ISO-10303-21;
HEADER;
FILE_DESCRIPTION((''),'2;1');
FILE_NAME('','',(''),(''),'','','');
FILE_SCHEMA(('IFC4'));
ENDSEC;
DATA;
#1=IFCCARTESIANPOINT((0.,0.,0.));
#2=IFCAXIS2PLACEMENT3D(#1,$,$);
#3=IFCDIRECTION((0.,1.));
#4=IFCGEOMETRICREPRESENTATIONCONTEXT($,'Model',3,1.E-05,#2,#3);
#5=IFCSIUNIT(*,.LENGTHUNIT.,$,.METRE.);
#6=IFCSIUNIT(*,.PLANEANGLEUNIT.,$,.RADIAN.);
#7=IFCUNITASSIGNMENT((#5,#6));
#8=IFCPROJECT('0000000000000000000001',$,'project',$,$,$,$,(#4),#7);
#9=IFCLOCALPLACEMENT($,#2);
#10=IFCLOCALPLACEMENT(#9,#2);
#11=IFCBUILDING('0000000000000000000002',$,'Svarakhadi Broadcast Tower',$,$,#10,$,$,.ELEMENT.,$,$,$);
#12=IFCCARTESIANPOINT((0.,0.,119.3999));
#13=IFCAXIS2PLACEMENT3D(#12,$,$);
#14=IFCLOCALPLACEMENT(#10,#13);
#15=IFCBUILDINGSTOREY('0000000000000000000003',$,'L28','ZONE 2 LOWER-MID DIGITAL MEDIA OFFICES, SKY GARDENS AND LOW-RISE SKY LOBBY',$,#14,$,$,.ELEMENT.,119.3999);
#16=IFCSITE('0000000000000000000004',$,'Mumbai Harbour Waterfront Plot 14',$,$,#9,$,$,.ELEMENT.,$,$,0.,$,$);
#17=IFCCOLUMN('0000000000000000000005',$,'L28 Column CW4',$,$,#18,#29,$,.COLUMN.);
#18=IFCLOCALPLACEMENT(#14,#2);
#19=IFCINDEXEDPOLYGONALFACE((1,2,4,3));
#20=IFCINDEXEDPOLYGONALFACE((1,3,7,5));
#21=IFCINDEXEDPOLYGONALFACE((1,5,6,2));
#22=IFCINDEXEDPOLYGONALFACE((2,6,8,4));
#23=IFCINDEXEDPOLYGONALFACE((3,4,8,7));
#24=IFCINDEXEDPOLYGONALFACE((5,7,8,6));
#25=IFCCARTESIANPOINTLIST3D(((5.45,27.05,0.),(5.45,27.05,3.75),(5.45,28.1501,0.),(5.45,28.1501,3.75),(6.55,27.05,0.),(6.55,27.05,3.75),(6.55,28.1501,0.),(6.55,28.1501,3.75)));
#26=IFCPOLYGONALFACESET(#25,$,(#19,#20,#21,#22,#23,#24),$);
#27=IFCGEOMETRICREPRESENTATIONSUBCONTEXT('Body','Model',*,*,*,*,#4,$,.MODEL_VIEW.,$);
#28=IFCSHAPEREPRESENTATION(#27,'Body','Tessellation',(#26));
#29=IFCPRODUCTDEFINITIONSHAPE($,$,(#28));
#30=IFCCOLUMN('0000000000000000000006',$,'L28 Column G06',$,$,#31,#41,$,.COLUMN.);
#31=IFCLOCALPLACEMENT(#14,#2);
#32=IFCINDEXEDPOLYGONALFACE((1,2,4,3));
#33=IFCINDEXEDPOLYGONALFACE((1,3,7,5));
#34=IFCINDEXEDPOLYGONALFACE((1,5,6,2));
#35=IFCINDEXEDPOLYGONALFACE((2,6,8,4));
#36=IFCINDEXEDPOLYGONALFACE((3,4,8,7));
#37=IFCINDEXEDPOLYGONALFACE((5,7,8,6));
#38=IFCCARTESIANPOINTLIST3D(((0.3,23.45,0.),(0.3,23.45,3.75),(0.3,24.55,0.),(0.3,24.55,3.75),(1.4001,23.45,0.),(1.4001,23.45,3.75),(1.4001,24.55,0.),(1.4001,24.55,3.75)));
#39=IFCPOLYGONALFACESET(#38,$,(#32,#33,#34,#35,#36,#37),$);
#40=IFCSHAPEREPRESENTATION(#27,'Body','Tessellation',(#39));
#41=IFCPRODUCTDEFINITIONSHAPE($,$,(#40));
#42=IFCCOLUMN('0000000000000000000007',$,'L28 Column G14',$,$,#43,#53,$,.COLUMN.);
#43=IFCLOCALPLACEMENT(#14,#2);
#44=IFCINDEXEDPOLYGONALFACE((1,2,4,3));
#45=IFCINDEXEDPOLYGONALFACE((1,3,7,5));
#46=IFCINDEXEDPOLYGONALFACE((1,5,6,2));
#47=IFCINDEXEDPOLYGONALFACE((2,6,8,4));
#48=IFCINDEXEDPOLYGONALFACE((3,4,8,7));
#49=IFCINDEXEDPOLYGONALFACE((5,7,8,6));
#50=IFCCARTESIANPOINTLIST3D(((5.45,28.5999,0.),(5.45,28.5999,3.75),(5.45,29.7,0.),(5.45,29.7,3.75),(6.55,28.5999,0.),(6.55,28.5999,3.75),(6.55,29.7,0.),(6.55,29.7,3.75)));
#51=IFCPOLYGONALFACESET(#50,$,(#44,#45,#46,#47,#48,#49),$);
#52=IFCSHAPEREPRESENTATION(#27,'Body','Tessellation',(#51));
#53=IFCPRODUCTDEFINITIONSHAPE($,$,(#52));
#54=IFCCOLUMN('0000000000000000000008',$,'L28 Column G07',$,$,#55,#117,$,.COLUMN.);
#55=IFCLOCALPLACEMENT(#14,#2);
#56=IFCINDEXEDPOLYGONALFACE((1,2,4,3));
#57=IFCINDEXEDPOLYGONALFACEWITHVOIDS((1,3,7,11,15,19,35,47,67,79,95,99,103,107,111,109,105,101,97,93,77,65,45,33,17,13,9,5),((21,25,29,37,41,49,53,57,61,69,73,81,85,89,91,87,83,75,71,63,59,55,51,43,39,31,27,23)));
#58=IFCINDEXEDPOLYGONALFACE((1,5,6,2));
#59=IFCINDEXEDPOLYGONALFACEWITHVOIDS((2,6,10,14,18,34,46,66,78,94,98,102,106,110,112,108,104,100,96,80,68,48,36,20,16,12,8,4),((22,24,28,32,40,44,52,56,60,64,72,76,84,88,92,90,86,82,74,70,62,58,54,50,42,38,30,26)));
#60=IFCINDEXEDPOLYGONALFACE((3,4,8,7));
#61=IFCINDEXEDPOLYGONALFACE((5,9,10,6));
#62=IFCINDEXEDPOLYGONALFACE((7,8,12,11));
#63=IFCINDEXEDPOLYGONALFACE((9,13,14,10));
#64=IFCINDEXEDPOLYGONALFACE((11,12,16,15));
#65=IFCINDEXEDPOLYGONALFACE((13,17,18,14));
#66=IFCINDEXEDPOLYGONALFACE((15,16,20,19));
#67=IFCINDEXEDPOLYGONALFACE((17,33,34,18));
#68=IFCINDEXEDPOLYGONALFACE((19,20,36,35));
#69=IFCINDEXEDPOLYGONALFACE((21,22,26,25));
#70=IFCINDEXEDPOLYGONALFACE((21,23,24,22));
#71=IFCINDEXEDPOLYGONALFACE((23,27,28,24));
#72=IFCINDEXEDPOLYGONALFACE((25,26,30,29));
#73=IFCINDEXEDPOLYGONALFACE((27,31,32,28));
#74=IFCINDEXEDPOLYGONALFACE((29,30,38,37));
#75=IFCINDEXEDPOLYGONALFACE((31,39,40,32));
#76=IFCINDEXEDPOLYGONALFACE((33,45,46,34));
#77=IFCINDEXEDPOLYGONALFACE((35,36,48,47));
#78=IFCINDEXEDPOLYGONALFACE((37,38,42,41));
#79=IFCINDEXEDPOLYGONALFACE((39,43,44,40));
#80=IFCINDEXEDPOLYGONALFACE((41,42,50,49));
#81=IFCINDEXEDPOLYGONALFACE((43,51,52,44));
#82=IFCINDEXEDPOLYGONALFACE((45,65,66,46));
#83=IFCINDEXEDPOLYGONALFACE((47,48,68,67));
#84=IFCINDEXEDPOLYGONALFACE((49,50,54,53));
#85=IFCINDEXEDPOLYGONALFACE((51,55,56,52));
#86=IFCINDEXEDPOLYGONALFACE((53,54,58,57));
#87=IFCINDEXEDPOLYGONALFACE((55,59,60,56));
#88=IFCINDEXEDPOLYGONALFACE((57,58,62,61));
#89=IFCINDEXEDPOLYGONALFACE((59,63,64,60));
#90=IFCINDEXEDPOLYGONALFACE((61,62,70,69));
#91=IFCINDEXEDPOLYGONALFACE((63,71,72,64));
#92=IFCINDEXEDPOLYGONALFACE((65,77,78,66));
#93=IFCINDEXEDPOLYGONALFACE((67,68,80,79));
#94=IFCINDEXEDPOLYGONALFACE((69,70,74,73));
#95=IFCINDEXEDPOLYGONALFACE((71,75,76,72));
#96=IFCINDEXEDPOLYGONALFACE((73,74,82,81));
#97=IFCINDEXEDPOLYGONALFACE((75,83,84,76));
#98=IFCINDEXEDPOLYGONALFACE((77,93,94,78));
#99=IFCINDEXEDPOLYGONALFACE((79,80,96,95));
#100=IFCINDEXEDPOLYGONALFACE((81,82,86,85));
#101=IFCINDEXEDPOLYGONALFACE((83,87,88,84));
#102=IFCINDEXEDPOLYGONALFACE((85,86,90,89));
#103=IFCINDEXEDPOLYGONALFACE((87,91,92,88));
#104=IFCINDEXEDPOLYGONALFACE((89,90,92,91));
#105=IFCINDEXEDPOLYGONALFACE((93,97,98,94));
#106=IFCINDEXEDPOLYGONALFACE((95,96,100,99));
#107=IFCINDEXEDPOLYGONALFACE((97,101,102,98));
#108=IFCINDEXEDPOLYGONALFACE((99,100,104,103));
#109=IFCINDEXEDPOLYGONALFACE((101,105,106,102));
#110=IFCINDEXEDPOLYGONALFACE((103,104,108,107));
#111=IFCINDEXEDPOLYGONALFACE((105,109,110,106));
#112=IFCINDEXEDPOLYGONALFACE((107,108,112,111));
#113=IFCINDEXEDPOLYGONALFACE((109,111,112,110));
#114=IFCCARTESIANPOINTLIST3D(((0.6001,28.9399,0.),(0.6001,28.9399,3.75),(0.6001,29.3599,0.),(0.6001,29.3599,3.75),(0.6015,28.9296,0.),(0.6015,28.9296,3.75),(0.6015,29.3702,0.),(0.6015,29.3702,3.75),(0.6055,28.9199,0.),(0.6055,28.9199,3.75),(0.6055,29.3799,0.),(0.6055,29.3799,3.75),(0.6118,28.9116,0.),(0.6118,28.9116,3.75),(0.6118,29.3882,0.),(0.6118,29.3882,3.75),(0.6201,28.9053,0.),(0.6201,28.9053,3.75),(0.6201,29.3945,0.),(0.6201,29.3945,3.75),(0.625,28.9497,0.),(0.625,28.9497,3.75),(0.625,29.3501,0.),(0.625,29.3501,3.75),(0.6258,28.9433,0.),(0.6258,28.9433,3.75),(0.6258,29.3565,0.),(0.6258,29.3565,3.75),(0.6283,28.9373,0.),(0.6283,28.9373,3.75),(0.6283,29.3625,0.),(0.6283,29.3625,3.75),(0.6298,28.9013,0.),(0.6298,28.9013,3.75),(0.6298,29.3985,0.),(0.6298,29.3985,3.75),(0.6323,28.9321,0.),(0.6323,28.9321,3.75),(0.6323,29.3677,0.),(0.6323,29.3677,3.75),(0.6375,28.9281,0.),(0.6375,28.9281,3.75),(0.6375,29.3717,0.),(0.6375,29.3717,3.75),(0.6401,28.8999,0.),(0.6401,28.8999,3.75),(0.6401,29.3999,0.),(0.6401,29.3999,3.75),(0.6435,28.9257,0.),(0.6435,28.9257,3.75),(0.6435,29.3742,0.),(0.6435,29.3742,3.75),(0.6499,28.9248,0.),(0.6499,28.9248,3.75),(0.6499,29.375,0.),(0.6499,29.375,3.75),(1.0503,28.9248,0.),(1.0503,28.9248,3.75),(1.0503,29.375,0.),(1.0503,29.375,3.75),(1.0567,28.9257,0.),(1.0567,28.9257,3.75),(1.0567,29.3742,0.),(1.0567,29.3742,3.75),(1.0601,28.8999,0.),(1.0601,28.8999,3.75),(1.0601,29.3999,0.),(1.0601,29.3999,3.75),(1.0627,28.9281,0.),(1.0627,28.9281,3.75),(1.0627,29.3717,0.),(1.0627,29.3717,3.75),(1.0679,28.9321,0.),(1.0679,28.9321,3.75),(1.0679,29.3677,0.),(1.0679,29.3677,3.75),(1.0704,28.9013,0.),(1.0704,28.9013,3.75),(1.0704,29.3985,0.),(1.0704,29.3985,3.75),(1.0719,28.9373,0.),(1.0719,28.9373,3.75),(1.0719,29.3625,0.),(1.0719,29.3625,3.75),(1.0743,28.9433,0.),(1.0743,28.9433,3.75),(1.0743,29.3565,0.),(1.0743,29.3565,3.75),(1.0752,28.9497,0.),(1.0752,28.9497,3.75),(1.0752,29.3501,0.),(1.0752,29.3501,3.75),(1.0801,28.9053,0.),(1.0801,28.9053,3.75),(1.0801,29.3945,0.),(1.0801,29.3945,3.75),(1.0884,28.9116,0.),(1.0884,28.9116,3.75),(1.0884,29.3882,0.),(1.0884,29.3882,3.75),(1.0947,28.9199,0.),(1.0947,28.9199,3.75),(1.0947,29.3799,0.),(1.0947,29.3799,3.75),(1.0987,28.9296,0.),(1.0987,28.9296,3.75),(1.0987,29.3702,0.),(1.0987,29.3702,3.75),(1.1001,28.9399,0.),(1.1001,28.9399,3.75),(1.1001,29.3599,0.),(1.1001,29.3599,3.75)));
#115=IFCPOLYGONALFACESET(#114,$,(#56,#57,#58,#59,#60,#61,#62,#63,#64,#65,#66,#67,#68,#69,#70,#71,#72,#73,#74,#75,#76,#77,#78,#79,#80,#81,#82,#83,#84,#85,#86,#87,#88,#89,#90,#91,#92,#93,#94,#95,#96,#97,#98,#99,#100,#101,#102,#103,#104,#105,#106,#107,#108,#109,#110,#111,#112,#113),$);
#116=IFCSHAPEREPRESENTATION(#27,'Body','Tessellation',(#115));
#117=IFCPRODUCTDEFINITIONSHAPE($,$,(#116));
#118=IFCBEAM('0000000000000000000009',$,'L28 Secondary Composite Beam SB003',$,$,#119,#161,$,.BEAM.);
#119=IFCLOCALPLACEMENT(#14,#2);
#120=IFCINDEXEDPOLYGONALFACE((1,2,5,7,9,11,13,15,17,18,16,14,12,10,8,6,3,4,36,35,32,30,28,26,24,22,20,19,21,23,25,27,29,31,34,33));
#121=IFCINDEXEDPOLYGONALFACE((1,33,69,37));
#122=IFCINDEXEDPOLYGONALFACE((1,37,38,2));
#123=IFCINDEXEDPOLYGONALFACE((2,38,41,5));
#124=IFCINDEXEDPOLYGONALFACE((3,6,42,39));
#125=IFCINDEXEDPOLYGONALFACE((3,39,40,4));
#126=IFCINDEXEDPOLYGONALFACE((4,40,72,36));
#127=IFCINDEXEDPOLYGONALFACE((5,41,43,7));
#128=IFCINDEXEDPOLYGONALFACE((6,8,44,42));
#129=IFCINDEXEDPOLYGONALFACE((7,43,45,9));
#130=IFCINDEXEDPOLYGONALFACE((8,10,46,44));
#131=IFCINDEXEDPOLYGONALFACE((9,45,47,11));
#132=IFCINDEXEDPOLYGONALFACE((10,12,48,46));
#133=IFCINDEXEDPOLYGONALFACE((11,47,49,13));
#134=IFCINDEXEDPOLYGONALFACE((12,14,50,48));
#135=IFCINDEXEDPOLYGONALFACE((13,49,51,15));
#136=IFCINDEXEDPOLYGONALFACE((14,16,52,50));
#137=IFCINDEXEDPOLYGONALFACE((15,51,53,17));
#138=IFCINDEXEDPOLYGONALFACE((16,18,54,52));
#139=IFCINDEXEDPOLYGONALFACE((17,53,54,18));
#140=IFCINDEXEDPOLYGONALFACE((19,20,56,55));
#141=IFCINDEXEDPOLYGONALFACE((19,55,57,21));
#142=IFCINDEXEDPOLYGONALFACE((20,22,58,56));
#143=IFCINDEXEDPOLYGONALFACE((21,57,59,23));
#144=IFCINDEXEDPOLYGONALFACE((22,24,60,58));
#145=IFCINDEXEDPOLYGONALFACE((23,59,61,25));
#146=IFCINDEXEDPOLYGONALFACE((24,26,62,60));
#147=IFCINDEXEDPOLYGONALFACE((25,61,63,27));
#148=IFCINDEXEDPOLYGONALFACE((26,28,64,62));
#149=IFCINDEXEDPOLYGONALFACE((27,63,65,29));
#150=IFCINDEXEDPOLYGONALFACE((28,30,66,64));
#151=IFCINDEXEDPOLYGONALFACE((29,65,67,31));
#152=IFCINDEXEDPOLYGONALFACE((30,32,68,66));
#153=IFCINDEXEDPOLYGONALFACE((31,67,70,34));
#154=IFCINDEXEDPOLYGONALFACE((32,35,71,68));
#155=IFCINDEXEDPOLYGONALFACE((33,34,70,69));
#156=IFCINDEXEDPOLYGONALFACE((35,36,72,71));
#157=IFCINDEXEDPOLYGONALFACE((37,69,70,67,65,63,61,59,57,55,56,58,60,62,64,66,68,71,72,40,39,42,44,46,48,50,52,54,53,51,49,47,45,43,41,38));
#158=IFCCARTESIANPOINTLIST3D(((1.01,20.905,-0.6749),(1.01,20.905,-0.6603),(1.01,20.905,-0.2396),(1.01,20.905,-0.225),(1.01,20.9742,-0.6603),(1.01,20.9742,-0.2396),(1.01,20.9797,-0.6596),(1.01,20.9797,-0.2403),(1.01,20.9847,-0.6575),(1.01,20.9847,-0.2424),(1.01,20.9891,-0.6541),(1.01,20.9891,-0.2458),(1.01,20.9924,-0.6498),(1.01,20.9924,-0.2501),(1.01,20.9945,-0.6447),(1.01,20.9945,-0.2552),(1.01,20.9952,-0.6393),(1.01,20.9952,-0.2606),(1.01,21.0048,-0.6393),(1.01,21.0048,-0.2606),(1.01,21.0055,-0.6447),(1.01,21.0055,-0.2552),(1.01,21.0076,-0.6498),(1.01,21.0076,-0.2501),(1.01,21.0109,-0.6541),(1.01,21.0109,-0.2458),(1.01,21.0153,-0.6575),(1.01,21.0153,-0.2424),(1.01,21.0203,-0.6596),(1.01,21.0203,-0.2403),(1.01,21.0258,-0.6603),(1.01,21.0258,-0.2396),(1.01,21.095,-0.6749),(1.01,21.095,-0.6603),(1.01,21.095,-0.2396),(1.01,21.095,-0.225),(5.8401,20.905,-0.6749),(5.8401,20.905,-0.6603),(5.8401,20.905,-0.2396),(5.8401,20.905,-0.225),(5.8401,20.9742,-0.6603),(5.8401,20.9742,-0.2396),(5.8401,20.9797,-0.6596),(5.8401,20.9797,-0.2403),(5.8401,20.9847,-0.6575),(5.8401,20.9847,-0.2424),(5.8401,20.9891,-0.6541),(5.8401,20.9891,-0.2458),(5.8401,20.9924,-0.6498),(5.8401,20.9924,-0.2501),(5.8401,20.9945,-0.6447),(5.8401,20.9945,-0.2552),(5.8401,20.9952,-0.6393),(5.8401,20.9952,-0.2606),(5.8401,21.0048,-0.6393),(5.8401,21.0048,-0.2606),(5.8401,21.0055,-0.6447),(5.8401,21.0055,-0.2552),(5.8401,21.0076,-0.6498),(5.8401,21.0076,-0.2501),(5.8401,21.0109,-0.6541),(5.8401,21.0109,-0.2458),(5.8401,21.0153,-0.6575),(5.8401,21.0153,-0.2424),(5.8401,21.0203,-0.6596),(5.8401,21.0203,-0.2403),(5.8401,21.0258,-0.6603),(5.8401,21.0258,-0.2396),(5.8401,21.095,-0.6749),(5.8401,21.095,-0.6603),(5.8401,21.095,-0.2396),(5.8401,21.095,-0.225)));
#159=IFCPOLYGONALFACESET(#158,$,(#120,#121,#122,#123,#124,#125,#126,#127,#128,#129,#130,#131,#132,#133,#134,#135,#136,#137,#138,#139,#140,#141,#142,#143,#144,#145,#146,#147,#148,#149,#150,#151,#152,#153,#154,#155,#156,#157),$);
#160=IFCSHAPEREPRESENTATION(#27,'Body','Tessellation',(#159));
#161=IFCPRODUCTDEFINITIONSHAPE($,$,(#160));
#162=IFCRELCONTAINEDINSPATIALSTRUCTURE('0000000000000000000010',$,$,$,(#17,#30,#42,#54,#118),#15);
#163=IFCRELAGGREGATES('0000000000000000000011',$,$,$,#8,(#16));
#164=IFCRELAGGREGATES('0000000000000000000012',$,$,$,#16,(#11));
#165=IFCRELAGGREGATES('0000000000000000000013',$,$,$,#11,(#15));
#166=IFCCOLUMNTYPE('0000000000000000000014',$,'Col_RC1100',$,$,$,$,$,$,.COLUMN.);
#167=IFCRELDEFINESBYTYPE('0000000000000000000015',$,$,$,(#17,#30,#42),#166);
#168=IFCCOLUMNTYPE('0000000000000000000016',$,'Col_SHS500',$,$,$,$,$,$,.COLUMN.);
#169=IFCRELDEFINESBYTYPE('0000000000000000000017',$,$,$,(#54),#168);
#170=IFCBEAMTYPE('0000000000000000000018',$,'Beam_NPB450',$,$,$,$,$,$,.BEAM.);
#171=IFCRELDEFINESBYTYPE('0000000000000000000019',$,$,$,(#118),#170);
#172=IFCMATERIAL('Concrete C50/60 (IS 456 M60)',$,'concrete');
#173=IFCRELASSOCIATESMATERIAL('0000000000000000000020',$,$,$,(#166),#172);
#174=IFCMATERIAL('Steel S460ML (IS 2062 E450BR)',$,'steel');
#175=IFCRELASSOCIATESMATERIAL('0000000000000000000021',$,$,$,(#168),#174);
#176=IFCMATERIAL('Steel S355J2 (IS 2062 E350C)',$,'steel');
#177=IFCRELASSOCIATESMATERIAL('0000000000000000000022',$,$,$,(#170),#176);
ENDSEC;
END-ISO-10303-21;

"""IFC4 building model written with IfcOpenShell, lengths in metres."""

from ifc_helpers import new_model, si_unit, direction, frame, origin, origin_2d, place, context, subcontext, project, spatial, rectangle, hollow_rectangle, i_section, extrude, material, material_profile, profile_set, type_object, element, save


model = new_model("IFC4")

# Units and contexts
model_context = context("Model", 3, precision=1e-05, world=origin(), true_north=direction((0.0, 1.0)))
body_context = subcontext(model_context, "Body", "Model", "MODEL_VIEW")
ifc_project = project(units=[si_unit("LENGTHUNIT", "METRE"), si_unit("PLANEANGLEUNIT", "RADIAN")], contexts=[model_context])

# Site, building, storey
site_placement = place(None, origin())
site = spatial("IfcSite", under=ifc_project, at=site_placement, Name="Mumbai Harbour Waterfront Plot 14", CompositionType="ELEMENT", RefElevation=0.0)
building_placement = place(site_placement, origin())
building = spatial("IfcBuilding", under=site, at=building_placement, Name="Svarakhadi Broadcast Tower", CompositionType="ELEMENT")
storey_placement = place(building_placement, frame((0.0, 0.0, 119.3999)))
storey = spatial("IfcBuildingStorey", under=building, at=storey_placement, Name="L28", Description="ZONE 2 LOWER-MID DIGITAL MEDIA OFFICES, SKY GARDENS AND LOW-RISE SKY LOBBY", CompositionType="ELEMENT", Elevation=119.3999)

# Columns
ifc_material_1 = material(Name="Concrete C50/60 (IS 456 M60)", Category="concrete")
ifc_material_profile_1 = material_profile(ifc_material_1, rectangle(XDim=1.1001, YDim=1.1001, at=origin_2d()), Name="RC 1100x1100")
ifc_profile_set_1 = profile_set([ifc_material_profile_1], Name="Concrete C50/60 (IS 456 M60)")
column_type_1 = type_object("IfcColumnType", Name="Col_RC1100", PredefinedType="COLUMN", material=ifc_profile_set_1)
for number, where, z_axis, x_axis, name in (
    (1, (6.0, 27.6001, 0.0), (0.0, 0.0, 1.0), (1.0, 0.0, 0.0), "L28 Column CW4"),
    (2, (0.8501, 24.0, 0.0), (0.0, 0.0, 1.0), (1.0, 0.0, 0.0), "L28 Column G06"),
    (3, (6.0, 29.1499, 0.0), (0.0, 0.0, 1.0), (1.0, 0.0, 0.0), "L28 Column G14"),
):
    element("IfcColumn", number, at=place(storey_placement, frame(where, z_axis=z_axis, x_axis=x_axis)), inside=storey, type_object=column_type_1, Name=name, PredefinedType="COLUMN", context=body_context, shape_type="SweptSolid", body=[
        extrude(rectangle(XDim=1.1001, YDim=1.1001, at=origin_2d()), origin(), (0.0, 0.0, 1.0), 3.75),
    ])
ifc_material_2 = material(Name="Steel S460ML (IS 2062 E450BR)", Category="steel")
ifc_material_profile_2 = material_profile(ifc_material_2, hollow_rectangle(XDim=0.5, YDim=0.5, WallThickness=0.0249, InnerFilletRadius=0.0249, OuterFilletRadius=0.04, at=origin_2d()), Name="SHS 500x500x25")
ifc_profile_set_2 = profile_set([ifc_material_profile_2], Name="Steel S460ML (IS 2062 E450BR)")
column_type_2 = type_object("IfcColumnType", Name="Col_SHS500", PredefinedType="COLUMN", material=ifc_profile_set_2)
column_placement = place(storey_placement, frame((0.8501, 29.1499, 0.0), z_axis=(0.0, 0.0, 1.0), x_axis=(1.0, 0.0, 0.0)))
element("IfcColumn", 4, at=column_placement, inside=storey, type_object=column_type_2, Name="L28 Column G07", PredefinedType="COLUMN", context=body_context, shape_type="SweptSolid", body=[
    extrude(hollow_rectangle(XDim=0.5, YDim=0.5, WallThickness=0.0249, InnerFilletRadius=0.0249, OuterFilletRadius=0.04, at=origin_2d()), origin(), (0.0, 0.0, 1.0), 3.75),
])

# Beam
ifc_material_3 = material(Name="Steel S355J2 (IS 2062 E350C)", Category="steel")
ifc_material_profile_3 = material_profile(ifc_material_3, i_section(OverallWidth=0.1899, OverallDepth=0.45, WebThickness=0.0095, FlangeThickness=0.0146, FilletRadius=0.021, at=origin_2d()), Name="NPB 450x190x78")
ifc_profile_set_3 = profile_set([ifc_material_profile_3], Name="Steel S355J2 (IS 2062 E350C)")
beam_type_1 = type_object("IfcBeamType", Name="Beam_NPB450", PredefinedType="BEAM", material=ifc_profile_set_3)
for number, where, z_axis, x_axis, name in (
    (5, (1.01, 21.0, -0.45), (1.0, 0.0, 0.0), (0.0, 1.0, 0.0), "L28 Secondary Composite Beam SB003"),
):
    element("IfcBeam", number, at=place(storey_placement, frame(where, z_axis=z_axis, x_axis=x_axis)), inside=storey, type_object=beam_type_1, Name=name, PredefinedType="BEAM", context=body_context, shape_type="SweptSolid", body=[
        extrude(i_section(OverallWidth=0.1899, OverallDepth=0.45, WebThickness=0.0095, FlangeThickness=0.0146, FilletRadius=0.021, at=origin_2d()), origin(), (0.0, 0.0, 1.0), 4.8301),
    ])

save(model, "model.ifc")
